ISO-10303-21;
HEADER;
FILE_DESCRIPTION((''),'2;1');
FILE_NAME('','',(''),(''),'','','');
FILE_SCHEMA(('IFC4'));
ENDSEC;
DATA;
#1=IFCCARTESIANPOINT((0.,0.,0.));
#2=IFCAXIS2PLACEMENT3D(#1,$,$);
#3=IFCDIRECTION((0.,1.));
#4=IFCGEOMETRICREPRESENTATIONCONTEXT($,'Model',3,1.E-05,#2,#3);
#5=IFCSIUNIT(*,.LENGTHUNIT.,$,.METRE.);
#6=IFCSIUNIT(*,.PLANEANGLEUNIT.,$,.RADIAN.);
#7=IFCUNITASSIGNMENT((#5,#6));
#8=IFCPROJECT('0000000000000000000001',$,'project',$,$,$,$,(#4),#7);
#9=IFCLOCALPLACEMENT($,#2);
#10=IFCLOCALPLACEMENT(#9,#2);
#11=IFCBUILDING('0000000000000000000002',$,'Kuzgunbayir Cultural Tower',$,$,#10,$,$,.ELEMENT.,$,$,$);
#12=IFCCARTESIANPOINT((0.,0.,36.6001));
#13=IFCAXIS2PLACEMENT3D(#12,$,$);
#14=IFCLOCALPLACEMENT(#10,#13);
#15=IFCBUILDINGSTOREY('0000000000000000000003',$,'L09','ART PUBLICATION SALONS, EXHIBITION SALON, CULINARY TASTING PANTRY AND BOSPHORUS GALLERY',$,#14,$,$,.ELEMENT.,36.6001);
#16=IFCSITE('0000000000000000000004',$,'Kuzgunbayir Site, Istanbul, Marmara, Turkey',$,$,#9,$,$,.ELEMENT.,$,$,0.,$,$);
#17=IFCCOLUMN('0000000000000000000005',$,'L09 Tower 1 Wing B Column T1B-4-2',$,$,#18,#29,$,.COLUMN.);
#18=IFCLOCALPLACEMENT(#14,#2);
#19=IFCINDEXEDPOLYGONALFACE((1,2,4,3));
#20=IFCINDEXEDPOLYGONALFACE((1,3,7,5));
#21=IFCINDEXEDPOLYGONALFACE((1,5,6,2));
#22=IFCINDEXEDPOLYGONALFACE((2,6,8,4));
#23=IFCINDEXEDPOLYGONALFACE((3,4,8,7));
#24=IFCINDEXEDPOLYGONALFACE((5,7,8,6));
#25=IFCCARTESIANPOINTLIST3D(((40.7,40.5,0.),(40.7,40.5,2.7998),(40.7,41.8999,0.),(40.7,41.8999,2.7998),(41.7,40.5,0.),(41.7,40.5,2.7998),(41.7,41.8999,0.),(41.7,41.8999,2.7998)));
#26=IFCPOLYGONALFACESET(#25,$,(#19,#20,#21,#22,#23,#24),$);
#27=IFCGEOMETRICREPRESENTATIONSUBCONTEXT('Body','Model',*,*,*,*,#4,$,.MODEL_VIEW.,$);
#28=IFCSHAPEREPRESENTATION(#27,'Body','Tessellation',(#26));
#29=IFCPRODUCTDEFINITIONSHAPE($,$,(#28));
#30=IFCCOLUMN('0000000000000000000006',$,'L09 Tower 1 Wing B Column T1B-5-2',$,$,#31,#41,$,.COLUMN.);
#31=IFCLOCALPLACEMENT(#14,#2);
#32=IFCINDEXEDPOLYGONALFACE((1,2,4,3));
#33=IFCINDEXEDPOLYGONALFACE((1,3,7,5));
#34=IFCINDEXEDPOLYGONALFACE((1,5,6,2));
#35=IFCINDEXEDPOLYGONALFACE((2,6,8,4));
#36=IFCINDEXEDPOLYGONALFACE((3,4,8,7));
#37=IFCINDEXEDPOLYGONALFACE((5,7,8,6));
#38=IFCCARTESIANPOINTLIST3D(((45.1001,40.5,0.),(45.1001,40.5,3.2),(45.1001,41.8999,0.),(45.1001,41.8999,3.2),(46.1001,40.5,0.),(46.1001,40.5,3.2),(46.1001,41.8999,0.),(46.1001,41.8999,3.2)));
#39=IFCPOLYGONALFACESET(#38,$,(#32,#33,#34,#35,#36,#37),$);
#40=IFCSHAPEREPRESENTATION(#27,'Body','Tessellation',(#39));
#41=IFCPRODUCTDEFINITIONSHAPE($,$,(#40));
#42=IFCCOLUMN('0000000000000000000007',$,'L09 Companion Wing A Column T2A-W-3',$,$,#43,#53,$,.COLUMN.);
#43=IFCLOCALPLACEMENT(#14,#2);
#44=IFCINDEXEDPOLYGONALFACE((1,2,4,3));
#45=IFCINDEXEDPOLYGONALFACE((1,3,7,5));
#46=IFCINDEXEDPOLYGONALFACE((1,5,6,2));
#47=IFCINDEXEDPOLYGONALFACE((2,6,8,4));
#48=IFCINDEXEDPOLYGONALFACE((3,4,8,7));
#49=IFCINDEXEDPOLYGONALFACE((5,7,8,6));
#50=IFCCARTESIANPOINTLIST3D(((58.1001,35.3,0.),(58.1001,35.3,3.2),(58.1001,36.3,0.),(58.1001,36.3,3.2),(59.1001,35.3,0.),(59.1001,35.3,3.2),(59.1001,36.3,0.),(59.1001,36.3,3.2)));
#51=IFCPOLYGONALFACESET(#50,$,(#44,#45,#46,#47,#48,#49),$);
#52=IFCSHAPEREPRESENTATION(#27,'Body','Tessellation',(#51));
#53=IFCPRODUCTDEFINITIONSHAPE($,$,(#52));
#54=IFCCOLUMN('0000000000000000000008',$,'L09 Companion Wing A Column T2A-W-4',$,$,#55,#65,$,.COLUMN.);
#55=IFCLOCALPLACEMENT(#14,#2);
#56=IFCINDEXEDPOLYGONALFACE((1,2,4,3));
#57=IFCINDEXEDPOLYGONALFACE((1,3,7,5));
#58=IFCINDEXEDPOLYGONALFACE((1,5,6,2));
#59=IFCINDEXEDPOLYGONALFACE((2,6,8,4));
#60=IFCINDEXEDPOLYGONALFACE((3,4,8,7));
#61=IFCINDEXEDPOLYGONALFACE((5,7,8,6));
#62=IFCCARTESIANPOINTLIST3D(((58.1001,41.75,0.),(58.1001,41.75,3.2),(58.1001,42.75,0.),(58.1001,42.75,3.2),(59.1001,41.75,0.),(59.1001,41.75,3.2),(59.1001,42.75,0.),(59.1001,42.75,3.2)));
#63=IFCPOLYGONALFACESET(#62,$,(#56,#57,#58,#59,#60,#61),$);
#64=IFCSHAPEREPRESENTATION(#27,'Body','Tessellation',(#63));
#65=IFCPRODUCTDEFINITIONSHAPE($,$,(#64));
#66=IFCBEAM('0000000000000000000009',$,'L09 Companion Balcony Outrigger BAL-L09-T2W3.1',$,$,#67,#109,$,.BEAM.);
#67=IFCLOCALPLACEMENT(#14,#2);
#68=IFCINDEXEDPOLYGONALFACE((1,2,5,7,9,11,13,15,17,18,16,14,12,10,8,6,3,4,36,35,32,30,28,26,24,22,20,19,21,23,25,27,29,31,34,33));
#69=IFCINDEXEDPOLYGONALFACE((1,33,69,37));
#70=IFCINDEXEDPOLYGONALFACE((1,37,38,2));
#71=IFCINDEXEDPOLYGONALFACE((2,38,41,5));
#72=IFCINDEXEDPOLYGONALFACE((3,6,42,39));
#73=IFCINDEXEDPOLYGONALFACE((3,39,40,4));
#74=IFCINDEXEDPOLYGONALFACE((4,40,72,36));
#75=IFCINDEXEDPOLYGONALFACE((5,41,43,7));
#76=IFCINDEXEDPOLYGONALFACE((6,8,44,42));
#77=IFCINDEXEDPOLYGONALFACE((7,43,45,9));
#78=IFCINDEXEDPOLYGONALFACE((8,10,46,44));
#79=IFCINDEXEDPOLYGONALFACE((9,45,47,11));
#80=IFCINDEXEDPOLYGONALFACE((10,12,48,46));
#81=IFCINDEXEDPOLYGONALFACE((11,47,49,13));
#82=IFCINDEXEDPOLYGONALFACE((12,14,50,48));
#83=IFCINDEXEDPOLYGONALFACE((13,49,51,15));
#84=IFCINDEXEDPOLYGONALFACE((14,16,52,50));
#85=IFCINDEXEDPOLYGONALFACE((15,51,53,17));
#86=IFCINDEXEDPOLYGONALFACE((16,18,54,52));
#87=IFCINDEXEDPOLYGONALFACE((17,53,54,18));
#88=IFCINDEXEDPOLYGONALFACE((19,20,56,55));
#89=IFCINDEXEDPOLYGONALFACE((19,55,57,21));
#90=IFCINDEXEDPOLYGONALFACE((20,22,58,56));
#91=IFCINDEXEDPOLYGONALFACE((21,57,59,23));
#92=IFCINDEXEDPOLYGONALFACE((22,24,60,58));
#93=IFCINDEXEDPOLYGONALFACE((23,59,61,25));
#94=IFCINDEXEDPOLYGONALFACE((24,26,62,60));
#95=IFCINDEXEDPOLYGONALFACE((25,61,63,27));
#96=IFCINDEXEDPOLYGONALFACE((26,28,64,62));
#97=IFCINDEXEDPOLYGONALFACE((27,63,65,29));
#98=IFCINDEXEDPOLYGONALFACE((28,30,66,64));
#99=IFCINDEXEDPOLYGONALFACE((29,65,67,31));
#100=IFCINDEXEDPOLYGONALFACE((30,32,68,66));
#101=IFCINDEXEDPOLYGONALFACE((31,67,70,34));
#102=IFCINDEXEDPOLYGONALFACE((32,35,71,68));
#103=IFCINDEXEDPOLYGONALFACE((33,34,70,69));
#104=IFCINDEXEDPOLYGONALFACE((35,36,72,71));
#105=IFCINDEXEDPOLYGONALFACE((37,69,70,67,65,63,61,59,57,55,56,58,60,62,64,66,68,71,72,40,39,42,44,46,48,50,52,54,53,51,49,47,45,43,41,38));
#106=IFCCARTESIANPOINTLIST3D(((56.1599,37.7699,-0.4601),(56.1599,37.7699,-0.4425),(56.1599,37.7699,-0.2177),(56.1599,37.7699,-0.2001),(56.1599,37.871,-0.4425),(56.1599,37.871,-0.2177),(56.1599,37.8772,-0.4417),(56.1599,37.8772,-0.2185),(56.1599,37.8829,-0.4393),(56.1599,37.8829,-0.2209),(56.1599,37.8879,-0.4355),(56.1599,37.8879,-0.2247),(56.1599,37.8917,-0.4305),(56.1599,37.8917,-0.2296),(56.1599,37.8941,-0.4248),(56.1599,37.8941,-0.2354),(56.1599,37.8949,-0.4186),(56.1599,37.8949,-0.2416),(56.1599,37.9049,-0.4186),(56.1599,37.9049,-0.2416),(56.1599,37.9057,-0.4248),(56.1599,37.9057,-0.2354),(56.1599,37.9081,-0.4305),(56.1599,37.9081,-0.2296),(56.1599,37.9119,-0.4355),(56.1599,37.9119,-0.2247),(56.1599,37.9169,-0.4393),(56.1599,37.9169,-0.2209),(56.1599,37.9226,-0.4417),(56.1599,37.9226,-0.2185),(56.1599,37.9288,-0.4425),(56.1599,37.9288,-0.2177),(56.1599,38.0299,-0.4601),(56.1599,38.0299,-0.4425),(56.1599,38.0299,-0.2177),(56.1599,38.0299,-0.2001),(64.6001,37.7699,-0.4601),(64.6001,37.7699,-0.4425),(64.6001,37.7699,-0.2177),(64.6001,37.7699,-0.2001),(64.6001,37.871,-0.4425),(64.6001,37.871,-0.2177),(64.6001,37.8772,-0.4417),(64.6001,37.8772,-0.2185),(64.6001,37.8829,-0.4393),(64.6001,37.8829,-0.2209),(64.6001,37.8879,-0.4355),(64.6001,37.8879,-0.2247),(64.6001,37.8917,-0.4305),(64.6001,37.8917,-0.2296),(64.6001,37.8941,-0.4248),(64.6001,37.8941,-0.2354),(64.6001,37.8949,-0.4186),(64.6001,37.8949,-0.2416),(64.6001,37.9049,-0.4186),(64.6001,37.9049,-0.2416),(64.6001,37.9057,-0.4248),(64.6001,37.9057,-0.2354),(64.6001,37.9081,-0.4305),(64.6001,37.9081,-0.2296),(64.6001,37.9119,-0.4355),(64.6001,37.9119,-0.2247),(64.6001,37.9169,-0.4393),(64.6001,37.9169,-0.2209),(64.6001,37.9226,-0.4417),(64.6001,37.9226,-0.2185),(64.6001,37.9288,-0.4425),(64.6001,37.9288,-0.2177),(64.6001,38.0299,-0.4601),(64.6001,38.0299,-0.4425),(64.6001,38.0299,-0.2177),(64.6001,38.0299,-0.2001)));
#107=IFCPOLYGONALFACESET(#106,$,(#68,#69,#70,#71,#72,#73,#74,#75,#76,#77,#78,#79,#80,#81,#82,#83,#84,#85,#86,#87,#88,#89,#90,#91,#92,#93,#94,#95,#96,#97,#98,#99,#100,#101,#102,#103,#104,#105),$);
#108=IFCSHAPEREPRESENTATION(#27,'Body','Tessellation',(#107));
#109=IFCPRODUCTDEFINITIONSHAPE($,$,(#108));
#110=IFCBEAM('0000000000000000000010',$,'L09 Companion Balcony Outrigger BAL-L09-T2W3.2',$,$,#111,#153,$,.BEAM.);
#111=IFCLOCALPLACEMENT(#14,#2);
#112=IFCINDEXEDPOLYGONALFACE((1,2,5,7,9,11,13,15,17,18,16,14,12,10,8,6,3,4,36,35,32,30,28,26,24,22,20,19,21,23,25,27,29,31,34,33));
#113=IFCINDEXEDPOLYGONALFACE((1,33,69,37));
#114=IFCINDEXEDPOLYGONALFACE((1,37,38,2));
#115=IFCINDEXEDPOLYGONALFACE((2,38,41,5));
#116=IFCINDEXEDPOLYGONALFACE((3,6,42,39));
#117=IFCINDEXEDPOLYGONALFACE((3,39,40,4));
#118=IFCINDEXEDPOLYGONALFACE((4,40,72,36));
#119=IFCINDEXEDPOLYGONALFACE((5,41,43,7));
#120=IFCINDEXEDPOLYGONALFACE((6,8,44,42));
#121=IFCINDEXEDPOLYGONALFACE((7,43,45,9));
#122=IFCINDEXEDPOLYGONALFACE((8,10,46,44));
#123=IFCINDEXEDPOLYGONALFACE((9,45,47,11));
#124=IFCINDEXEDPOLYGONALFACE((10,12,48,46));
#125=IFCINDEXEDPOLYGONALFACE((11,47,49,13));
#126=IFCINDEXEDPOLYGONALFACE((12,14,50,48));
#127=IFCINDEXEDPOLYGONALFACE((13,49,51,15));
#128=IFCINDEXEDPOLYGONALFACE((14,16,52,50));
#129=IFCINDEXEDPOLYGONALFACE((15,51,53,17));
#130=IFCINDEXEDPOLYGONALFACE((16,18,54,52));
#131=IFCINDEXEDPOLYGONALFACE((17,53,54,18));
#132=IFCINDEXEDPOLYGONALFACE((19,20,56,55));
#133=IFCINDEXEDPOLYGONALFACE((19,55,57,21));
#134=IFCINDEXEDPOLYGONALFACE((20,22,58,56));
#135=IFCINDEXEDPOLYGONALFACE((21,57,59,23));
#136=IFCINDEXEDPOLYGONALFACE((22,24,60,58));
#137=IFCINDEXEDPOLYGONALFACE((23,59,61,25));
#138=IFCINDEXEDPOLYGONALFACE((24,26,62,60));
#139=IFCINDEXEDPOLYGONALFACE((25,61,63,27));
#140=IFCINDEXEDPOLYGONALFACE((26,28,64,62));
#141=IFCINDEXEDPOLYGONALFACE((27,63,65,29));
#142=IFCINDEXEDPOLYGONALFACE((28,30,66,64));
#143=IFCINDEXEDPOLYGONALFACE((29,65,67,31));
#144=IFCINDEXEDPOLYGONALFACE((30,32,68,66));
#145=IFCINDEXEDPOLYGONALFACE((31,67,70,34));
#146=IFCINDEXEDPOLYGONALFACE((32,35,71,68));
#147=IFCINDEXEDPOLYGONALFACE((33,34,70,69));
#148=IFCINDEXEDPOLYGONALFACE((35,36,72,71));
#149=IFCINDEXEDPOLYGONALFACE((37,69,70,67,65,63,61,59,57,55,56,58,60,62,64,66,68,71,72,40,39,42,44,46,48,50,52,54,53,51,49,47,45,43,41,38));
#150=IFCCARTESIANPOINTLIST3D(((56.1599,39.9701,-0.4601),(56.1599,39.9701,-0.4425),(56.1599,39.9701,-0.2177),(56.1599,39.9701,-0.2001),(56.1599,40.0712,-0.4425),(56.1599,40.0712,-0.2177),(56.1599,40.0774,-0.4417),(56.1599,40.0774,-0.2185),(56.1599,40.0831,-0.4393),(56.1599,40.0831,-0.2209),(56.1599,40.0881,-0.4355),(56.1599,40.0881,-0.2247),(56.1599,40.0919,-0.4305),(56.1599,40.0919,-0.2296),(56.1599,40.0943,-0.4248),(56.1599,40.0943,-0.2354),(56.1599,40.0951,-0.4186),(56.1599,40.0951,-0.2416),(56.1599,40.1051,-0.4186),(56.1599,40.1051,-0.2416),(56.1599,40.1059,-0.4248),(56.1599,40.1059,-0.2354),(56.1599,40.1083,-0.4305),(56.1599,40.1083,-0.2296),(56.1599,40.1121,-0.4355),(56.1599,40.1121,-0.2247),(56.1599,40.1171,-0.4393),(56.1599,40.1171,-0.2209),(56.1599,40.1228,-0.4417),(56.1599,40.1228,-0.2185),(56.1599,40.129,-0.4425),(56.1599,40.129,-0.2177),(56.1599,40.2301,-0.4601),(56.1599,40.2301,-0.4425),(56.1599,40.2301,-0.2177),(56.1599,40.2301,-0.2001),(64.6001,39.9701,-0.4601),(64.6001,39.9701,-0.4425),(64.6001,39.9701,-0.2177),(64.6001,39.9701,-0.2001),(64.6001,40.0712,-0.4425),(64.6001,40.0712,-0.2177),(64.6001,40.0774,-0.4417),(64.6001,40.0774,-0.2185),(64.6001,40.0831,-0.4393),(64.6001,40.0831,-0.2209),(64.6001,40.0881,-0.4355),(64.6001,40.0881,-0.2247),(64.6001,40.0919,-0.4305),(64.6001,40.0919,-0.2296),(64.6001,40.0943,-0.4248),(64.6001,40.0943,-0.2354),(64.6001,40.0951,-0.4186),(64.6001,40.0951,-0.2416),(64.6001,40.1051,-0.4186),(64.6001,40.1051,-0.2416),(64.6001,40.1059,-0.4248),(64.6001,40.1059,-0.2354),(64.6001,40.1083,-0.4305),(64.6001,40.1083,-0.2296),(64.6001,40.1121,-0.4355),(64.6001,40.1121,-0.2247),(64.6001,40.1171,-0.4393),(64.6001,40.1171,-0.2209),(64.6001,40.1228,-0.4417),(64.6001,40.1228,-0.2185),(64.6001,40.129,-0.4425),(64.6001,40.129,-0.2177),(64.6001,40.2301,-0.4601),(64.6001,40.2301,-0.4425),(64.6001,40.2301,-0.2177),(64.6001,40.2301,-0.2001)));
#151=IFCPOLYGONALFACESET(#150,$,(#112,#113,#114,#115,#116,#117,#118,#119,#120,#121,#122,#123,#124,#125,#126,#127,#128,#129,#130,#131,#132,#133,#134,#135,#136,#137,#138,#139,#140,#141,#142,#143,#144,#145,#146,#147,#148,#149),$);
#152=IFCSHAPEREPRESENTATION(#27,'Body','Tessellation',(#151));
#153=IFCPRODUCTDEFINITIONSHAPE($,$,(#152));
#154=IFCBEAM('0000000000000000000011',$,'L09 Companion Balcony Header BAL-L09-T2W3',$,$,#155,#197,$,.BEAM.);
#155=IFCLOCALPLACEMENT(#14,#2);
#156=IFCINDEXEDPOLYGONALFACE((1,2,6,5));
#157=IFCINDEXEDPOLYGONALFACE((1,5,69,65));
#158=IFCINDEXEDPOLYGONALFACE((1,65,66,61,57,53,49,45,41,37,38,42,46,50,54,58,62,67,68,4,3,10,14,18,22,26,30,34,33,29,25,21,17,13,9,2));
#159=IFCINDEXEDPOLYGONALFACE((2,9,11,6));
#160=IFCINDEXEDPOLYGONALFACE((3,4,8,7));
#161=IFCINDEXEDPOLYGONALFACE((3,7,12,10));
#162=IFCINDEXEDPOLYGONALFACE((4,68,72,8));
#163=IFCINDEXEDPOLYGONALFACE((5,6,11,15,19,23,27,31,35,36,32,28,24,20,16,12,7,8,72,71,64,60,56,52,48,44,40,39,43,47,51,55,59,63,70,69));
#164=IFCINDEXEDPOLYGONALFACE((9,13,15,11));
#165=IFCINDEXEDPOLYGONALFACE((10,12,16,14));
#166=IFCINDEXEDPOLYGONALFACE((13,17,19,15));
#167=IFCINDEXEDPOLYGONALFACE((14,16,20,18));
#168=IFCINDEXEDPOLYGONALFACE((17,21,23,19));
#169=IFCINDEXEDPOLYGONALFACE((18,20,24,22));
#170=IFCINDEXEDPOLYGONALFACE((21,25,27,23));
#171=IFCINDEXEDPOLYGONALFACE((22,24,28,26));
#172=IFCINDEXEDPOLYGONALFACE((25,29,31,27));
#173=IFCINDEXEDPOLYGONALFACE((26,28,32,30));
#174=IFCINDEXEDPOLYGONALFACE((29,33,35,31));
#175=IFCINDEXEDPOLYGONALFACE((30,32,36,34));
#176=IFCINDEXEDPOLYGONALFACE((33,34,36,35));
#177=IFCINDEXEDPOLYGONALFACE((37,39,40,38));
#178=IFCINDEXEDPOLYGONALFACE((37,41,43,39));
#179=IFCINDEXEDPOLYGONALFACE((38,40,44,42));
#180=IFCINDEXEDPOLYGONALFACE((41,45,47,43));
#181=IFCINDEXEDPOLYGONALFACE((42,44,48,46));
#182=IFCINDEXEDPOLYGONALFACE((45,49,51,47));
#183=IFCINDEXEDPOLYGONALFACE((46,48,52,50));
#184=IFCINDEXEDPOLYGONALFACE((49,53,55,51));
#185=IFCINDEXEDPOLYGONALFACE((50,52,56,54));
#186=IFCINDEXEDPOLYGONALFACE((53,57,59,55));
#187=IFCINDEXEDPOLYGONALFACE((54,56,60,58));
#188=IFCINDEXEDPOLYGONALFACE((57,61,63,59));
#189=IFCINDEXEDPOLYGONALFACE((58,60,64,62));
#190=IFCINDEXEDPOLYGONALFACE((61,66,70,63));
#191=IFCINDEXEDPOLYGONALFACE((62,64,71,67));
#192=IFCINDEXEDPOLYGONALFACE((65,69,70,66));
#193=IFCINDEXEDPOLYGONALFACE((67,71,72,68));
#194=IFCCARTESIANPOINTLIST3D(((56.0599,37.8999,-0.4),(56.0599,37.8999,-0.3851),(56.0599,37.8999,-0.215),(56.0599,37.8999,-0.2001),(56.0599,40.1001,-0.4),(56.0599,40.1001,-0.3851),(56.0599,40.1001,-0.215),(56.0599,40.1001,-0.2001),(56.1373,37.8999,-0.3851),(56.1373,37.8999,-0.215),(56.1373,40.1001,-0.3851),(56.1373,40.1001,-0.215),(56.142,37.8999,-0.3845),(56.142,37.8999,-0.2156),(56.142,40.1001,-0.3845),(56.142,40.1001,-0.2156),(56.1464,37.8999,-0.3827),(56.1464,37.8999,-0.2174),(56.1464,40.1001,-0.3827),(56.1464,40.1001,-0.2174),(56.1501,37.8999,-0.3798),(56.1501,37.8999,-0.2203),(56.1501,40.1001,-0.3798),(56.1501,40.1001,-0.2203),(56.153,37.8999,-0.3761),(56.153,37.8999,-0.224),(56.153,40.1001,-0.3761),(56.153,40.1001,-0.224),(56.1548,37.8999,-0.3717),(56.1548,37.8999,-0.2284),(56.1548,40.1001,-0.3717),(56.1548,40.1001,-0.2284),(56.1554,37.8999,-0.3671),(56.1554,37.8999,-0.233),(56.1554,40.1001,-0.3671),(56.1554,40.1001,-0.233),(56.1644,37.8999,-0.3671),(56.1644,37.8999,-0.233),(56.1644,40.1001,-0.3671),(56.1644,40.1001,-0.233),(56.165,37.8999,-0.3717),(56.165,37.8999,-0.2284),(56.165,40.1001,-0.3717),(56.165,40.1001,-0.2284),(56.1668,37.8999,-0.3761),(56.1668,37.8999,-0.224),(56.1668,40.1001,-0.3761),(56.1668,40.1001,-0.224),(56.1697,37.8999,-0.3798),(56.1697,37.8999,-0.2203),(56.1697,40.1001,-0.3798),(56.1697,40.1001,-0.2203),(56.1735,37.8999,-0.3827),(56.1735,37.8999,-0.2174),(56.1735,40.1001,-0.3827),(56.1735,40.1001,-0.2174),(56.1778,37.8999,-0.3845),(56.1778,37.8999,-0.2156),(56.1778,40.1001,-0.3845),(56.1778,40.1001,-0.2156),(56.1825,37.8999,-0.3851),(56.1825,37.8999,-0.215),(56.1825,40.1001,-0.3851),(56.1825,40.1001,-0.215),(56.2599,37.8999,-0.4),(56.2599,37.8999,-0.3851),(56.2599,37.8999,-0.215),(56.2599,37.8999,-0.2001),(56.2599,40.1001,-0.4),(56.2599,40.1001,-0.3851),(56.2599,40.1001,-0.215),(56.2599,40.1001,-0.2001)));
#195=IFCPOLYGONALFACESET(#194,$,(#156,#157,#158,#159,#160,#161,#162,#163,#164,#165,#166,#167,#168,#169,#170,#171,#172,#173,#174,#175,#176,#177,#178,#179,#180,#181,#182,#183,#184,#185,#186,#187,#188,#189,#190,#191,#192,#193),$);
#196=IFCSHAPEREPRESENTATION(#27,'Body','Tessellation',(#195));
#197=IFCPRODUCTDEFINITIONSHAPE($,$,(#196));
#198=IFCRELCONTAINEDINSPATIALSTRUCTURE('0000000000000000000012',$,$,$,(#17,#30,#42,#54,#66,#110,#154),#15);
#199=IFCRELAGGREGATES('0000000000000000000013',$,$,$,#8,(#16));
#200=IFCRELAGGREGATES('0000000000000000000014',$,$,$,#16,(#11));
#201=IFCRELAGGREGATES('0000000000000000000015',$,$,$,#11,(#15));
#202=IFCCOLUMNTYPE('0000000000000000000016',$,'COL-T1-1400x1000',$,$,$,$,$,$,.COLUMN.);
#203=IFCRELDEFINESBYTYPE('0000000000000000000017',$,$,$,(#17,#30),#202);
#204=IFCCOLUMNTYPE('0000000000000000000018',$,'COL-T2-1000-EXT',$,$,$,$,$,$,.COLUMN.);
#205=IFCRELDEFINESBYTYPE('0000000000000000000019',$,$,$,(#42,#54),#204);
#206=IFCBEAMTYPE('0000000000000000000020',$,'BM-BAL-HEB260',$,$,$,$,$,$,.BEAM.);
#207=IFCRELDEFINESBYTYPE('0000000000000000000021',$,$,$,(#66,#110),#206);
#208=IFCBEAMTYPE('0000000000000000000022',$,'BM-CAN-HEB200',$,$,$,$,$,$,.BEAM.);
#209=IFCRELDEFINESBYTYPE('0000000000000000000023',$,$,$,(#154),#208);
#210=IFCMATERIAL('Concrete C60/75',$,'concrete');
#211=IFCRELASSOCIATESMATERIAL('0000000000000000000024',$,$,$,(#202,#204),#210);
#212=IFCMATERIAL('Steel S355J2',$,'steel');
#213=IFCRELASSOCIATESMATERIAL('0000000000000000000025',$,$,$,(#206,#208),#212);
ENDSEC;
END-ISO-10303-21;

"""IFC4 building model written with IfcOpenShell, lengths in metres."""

from ifc_helpers import new_model, si_unit, direction, frame, origin, origin_2d, place, context, subcontext, project, spatial, rectangle, i_section, extrude, material, material_profile, profile_set, type_object, element, save


model = new_model("IFC4")

# Units and contexts
model_context = context("Model", 3, precision=1e-05, world=origin(), true_north=direction((0.0, 1.0)))
body_context = subcontext(model_context, "Body", "Model", "MODEL_VIEW")
ifc_project = project(units=[si_unit("LENGTHUNIT", "METRE"), si_unit("PLANEANGLEUNIT", "RADIAN")], contexts=[model_context])

# Site, building, storey
site_placement = place(None, origin())
site = spatial("IfcSite", under=ifc_project, at=site_placement, Name="Kuzgunbayir Site, Istanbul, Marmara, Turkey", CompositionType="ELEMENT", RefElevation=0.0)
building_placement = place(site_placement, origin())
building = spatial("IfcBuilding", under=site, at=building_placement, Name="Kuzgunbayir Cultural Tower", CompositionType="ELEMENT")
storey_placement = place(building_placement, frame((0.0, 0.0, 36.6001)))
storey = spatial("IfcBuildingStorey", under=building, at=storey_placement, Name="L09", Description="ART PUBLICATION SALONS, EXHIBITION SALON, CULINARY TASTING PANTRY AND BOSPHORUS GALLERY", CompositionType="ELEMENT", Elevation=36.6001)

# Columns
ifc_material_1 = material(Name="Concrete C60/75", Category="concrete")
ifc_material_profile_1 = material_profile(ifc_material_1, rectangle(XDim=1.0, YDim=1.3999, at=origin_2d()), Name="RC 1400x1000")
ifc_profile_set_1 = profile_set([ifc_material_profile_1], Name="Concrete C60/75")
column_type_1 = type_object("IfcColumnType", Name="COL-T1-1400x1000", PredefinedType="COLUMN", material=ifc_profile_set_1)
column_1_placement = place(storey_placement, frame((41.2, 41.2, 0.0), z_axis=(0.0, 0.0, 1.0), x_axis=(1.0, 0.0, 0.0)))
element("IfcColumn", 1, at=column_1_placement, inside=storey, type_object=column_type_1, Name="L09 Tower 1 Wing B Column T1B-4-2", PredefinedType="COLUMN", context=body_context, shape_type="SweptSolid", body=[
    extrude(rectangle(XDim=1.0, YDim=1.3999, at=origin_2d()), origin(), (0.0, 0.0, 1.0), 2.7998),
])
column_2_placement = place(storey_placement, frame((45.6001, 41.2, 0.0), z_axis=(0.0, 0.0, 1.0), x_axis=(1.0, 0.0, 0.0)))
element("IfcColumn", 2, at=column_2_placement, inside=storey, type_object=column_type_1, Name="L09 Tower 1 Wing B Column T1B-5-2", PredefinedType="COLUMN", context=body_context, shape_type="SweptSolid", body=[
    extrude(rectangle(XDim=1.0, YDim=1.3999, at=origin_2d()), origin(), (0.0, 0.0, 1.0), 3.2),
])
ifc_material_profile_2 = material_profile(ifc_material_1, rectangle(XDim=1.0, YDim=1.0, at=origin_2d()), Name="RC 1000x1000")
ifc_profile_set_2 = profile_set([ifc_material_profile_2], Name="Concrete C60/75")
column_type_2 = type_object("IfcColumnType", Name="COL-T2-1000-EXT", PredefinedType="COLUMN", material=ifc_profile_set_2)
for number, where, z_axis, x_axis, name in (
    (3, (58.6001, 35.8, 0.0), (0.0, 0.0, 1.0), (1.0, 0.0, 0.0), "L09 Companion Wing A Column T2A-W-3"),
    (4, (58.6001, 42.25, 0.0), (0.0, 0.0, 1.0), (1.0, 0.0, 0.0), "L09 Companion Wing A Column T2A-W-4"),
):
    element("IfcColumn", number, at=place(storey_placement, frame(where, z_axis=z_axis, x_axis=x_axis)), inside=storey, type_object=column_type_2, Name=name, PredefinedType="COLUMN", context=body_context, shape_type="SweptSolid", body=[
        extrude(rectangle(XDim=1.0, YDim=1.0, at=origin_2d()), origin(), (0.0, 0.0, 1.0), 3.2),
    ])

# Beams
ifc_material_2 = material(Name="Steel S355J2", Category="steel")
ifc_material_profile_3 = material_profile(ifc_material_2, i_section(OverallWidth=0.26, OverallDepth=0.26, WebThickness=0.01, FlangeThickness=0.0176, FilletRadius=0.0239, at=origin_2d()), Name="HEB 260")
ifc_profile_set_3 = profile_set([ifc_material_profile_3], Name="Steel S355J2")
beam_type_1 = type_object("IfcBeamType", Name="BM-BAL-HEB260", PredefinedType="BEAM", material=ifc_profile_set_3)
for number, where, z_axis, x_axis, name in (
    (5, (56.1599, 37.8999, -0.3301), (1.0, 0.0, 0.0), (0.0, 1.0, 0.0), "L09 Companion Balcony Outrigger BAL-L09-T2W3.1"),
    (6, (56.1599, 40.1001, -0.3301), (1.0, 0.0, 0.0), (0.0, 1.0, 0.0), "L09 Companion Balcony Outrigger BAL-L09-T2W3.2"),
):
    element("IfcBeam", number, at=place(storey_placement, frame(where, z_axis=z_axis, x_axis=x_axis)), inside=storey, type_object=beam_type_1, Name=name, PredefinedType="BEAM", context=body_context, shape_type="SweptSolid", body=[
        extrude(i_section(OverallWidth=0.26, OverallDepth=0.26, WebThickness=0.01, FlangeThickness=0.0176, FilletRadius=0.0239, at=origin_2d()), origin(), (0.0, 0.0, 1.0), 8.4402),
    ])
ifc_material_profile_4 = material_profile(ifc_material_2, i_section(OverallWidth=0.2, OverallDepth=0.2, WebThickness=0.009, FlangeThickness=0.0149, FilletRadius=0.0181, at=origin_2d()), Name="HEB 200")
ifc_profile_set_4 = profile_set([ifc_material_profile_4], Name="Steel S355J2")
beam_type_2 = type_object("IfcBeamType", Name="BM-CAN-HEB200", PredefinedType="BEAM", material=ifc_profile_set_4)
beam_1_placement = place(storey_placement, frame((56.1599, 37.8999, -0.3), z_axis=(0.0, 1.0, 0.0), x_axis=(-1.0, 0.0, 0.0)))
element("IfcBeam", 7, at=beam_1_placement, inside=storey, type_object=beam_type_2, Name="L09 Companion Balcony Header BAL-L09-T2W3", PredefinedType="BEAM", context=body_context, shape_type="SweptSolid", body=[
    extrude(i_section(OverallWidth=0.2, OverallDepth=0.2, WebThickness=0.009, FlangeThickness=0.0149, FilletRadius=0.0181, at=origin_2d()), origin(), (0.0, 0.0, 1.0), 2.2002),
])

save(model, "model.ifc")
